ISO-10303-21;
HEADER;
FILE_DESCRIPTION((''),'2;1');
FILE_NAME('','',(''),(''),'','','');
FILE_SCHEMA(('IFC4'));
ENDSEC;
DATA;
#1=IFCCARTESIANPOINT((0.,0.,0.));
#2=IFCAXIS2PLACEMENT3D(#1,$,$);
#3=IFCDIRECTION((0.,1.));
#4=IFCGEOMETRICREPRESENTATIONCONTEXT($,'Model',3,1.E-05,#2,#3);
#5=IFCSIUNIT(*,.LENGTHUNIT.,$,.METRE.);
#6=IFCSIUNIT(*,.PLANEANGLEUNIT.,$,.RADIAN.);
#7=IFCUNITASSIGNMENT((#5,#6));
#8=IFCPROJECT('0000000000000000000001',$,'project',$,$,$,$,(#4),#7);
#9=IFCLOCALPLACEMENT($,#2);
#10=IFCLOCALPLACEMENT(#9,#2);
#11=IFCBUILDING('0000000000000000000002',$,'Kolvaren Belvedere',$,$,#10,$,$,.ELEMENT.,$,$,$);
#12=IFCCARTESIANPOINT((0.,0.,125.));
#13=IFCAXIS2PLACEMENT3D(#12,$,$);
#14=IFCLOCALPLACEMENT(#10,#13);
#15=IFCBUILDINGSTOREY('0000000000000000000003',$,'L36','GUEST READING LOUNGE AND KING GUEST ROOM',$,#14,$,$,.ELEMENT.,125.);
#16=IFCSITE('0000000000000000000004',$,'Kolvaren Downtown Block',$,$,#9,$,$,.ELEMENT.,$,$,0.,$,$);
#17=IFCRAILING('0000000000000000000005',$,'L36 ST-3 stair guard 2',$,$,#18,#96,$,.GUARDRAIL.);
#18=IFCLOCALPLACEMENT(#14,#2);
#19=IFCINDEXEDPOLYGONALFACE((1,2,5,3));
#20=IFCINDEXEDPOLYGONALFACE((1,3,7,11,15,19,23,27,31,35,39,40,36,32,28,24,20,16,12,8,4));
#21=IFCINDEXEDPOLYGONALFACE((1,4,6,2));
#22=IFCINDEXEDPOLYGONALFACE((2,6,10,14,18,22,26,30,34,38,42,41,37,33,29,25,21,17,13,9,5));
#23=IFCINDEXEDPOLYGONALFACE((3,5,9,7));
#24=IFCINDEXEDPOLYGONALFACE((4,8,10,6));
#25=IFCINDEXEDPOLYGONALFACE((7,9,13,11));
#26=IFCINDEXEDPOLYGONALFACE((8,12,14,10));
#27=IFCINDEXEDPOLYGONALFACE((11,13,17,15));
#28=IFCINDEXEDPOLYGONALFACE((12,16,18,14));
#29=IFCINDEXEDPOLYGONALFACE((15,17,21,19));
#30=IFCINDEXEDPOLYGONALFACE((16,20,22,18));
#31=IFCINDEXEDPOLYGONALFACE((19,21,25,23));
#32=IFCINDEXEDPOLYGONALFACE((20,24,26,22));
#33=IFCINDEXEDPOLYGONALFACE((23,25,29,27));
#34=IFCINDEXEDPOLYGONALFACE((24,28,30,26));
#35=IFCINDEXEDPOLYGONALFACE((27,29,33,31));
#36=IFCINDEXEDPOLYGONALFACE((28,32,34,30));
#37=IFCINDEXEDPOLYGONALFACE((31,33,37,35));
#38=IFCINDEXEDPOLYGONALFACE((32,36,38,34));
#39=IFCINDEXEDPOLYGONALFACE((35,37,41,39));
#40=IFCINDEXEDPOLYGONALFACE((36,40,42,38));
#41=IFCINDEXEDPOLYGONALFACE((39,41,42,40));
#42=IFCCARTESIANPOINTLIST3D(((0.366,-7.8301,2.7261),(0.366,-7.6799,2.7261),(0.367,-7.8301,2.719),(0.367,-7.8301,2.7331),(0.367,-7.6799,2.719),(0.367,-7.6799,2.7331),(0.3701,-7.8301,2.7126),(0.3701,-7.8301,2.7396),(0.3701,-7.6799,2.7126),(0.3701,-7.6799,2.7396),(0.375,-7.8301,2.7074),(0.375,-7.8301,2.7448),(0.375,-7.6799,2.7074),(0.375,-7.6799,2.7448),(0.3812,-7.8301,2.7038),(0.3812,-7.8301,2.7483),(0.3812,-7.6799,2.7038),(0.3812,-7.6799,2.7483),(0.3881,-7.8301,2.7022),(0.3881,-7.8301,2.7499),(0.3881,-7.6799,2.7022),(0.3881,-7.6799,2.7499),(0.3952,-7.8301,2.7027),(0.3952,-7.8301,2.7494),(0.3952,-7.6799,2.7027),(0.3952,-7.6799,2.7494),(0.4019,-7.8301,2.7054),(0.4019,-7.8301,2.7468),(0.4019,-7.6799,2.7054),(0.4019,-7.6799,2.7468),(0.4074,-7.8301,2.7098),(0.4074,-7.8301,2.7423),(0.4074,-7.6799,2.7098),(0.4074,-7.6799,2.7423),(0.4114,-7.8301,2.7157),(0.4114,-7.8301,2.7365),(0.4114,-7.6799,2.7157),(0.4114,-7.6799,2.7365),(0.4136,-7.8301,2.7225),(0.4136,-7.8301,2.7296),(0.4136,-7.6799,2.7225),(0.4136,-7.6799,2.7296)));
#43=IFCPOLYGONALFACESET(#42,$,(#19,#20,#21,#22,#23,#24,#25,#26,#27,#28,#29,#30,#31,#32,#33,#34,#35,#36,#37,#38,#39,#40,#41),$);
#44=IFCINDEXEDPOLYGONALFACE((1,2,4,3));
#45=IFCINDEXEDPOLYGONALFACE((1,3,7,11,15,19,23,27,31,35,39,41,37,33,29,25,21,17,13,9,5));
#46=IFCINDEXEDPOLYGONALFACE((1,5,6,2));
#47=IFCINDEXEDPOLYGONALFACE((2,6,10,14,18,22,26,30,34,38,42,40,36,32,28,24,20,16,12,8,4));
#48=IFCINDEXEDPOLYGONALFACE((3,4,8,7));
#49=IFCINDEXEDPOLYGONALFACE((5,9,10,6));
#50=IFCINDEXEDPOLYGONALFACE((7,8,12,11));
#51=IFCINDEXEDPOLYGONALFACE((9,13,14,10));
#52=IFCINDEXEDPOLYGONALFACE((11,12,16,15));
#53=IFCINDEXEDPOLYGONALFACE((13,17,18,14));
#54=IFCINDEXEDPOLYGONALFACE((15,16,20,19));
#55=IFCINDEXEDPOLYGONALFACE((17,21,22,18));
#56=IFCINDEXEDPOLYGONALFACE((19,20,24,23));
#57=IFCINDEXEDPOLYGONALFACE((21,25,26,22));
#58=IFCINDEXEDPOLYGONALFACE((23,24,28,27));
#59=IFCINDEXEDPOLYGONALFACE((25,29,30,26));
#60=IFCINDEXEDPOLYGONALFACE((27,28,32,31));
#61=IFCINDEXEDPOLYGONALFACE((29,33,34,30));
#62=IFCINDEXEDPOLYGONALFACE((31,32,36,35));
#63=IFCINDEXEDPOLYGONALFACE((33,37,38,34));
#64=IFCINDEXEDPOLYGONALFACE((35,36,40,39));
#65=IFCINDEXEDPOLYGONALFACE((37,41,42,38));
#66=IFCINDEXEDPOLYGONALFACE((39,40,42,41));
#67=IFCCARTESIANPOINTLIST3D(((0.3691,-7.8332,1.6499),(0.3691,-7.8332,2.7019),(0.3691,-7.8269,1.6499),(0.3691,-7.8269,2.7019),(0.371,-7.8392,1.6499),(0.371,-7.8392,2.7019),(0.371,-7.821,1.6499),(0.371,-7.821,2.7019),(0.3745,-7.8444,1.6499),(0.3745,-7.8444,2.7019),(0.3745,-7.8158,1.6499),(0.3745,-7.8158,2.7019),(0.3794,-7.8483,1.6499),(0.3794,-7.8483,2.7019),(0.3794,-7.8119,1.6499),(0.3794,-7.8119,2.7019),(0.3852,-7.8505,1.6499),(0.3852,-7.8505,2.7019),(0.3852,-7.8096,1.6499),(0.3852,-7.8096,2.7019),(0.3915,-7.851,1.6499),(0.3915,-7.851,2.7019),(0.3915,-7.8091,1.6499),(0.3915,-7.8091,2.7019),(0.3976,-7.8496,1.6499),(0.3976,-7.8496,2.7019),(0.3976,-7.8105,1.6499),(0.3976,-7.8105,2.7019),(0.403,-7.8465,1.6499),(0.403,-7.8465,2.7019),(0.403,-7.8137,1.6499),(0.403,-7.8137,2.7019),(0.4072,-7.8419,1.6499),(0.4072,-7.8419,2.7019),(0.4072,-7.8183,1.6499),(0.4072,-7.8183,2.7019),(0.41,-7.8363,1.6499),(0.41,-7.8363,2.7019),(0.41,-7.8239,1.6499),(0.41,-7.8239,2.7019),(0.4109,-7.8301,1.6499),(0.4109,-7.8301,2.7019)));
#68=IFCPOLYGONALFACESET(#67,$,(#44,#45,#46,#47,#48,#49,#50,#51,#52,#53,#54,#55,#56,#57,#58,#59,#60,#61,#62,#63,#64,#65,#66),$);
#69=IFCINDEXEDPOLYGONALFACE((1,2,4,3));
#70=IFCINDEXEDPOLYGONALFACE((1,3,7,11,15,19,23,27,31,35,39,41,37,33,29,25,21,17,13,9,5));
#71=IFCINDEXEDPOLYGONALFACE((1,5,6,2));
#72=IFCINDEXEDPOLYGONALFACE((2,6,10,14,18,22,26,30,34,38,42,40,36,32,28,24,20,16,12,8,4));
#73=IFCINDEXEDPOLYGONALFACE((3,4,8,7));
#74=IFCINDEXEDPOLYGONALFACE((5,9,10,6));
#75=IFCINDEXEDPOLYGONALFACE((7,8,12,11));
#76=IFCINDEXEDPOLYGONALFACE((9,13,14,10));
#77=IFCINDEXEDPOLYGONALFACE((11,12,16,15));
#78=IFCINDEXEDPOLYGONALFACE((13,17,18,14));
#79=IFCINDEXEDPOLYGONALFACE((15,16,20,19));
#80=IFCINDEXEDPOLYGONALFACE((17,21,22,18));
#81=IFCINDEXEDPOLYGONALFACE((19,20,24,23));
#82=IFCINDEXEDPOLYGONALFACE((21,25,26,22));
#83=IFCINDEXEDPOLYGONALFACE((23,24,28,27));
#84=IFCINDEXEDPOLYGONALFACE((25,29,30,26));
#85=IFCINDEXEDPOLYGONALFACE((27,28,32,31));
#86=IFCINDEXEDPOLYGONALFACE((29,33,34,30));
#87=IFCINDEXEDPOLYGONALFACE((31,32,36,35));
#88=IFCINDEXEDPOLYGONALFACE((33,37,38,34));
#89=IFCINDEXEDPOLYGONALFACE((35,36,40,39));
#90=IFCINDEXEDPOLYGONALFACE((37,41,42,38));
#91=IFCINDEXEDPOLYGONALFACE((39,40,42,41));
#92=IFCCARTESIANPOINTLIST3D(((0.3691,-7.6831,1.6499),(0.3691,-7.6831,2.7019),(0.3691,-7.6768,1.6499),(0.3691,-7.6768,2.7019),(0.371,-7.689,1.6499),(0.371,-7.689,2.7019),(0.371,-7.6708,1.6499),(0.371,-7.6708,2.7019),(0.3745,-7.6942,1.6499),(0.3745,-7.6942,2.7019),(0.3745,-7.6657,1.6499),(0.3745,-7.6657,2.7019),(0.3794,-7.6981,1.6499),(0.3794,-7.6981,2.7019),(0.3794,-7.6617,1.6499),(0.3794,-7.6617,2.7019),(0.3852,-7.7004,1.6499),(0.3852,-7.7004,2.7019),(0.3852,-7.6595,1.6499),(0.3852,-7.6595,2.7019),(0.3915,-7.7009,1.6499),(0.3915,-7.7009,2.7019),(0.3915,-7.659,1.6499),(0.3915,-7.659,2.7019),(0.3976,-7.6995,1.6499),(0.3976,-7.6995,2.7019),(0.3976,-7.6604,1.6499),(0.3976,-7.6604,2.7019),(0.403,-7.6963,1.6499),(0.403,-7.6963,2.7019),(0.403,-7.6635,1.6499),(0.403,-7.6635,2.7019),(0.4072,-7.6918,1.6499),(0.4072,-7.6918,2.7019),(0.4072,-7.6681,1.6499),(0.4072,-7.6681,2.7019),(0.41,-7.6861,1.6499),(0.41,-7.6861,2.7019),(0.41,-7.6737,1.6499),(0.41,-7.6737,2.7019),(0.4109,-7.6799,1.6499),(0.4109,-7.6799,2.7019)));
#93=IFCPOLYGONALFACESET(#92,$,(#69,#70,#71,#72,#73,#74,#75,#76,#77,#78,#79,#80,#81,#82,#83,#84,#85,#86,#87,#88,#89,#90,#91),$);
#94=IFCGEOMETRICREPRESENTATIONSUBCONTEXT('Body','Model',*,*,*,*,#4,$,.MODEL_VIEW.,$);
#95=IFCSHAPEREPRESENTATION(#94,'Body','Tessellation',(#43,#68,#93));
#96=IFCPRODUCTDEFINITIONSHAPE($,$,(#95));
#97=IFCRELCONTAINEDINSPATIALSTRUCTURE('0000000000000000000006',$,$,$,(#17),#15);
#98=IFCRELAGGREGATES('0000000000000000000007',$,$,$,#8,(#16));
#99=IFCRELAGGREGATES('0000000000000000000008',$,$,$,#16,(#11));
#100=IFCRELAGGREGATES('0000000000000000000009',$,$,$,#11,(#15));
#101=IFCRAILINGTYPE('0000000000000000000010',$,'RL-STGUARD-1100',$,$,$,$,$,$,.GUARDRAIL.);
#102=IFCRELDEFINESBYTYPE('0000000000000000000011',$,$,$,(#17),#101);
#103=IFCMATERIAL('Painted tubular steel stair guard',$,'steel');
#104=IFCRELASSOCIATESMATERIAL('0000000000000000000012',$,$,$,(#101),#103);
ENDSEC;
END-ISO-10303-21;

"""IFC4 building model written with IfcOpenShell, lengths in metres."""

from ifc_helpers import new_model, si_unit, direction, frame, origin, origin_2d, place, context, subcontext, project, spatial, circle, extrude, material, type_object, element, save


model = new_model("IFC4")

# Units and contexts
model_context = context("Model", 3, precision=1e-05, world=origin(), true_north=direction((0.0, 1.0)))
body_context = subcontext(model_context, "Body", "Model", "MODEL_VIEW")
ifc_project = project(units=[si_unit("LENGTHUNIT", "METRE"), si_unit("PLANEANGLEUNIT", "RADIAN")], contexts=[model_context])

# Site, building, storey
site_placement = place(None, origin())
site = spatial("IfcSite", under=ifc_project, at=site_placement, Name="Kolvaren Downtown Block", CompositionType="ELEMENT", RefElevation=0.0)
building_placement = place(site_placement, origin())
building = spatial("IfcBuilding", under=site, at=building_placement, Name="Kolvaren Belvedere", CompositionType="ELEMENT")
storey_placement = place(building_placement, frame((0.0, 0.0, 125.0)))
storey = spatial("IfcBuildingStorey", under=building, at=storey_placement, Name="L36", Description="GUEST READING LOUNGE AND KING GUEST ROOM", CompositionType="ELEMENT", Elevation=125.0)

# Railing
ifc_material_1 = material(Name="Painted tubular steel stair guard", Category="steel")
railing_type_1 = type_object("IfcRailingType", Name="RL-STGUARD-1100", PredefinedType="GUARDRAIL", material=ifc_material_1)
railing_1_placement = place(storey_placement, frame((0.3899, -7.8301, 1.6499)))
element("IfcRailing", 1, at=railing_1_placement, inside=storey, type_object=railing_type_1, Name="L36 ST-3 stair guard 2", PredefinedType="GUARDRAIL", context=body_context, shape_type="SweptSolid", body=[
    extrude(circle(Radius=0.0239, at=origin_2d()), frame((0.0, 0.0, 1.0762), z_axis=(0.0, 1.0, 0.0), x_axis=(-1.0, 0.0, 0.0)), (0.0, 0.0, 1.0), 0.1501),
    extrude(circle(Radius=0.021, at=origin_2d()), origin(), (0.0, 0.0, 1.0), 1.052),
    extrude(circle(Radius=0.021, at=origin_2d()), frame((0.0, 0.1501, 0.0)), (0.0, 0.0, 1.0), 1.052),
])

save(model, "model.ifc")
